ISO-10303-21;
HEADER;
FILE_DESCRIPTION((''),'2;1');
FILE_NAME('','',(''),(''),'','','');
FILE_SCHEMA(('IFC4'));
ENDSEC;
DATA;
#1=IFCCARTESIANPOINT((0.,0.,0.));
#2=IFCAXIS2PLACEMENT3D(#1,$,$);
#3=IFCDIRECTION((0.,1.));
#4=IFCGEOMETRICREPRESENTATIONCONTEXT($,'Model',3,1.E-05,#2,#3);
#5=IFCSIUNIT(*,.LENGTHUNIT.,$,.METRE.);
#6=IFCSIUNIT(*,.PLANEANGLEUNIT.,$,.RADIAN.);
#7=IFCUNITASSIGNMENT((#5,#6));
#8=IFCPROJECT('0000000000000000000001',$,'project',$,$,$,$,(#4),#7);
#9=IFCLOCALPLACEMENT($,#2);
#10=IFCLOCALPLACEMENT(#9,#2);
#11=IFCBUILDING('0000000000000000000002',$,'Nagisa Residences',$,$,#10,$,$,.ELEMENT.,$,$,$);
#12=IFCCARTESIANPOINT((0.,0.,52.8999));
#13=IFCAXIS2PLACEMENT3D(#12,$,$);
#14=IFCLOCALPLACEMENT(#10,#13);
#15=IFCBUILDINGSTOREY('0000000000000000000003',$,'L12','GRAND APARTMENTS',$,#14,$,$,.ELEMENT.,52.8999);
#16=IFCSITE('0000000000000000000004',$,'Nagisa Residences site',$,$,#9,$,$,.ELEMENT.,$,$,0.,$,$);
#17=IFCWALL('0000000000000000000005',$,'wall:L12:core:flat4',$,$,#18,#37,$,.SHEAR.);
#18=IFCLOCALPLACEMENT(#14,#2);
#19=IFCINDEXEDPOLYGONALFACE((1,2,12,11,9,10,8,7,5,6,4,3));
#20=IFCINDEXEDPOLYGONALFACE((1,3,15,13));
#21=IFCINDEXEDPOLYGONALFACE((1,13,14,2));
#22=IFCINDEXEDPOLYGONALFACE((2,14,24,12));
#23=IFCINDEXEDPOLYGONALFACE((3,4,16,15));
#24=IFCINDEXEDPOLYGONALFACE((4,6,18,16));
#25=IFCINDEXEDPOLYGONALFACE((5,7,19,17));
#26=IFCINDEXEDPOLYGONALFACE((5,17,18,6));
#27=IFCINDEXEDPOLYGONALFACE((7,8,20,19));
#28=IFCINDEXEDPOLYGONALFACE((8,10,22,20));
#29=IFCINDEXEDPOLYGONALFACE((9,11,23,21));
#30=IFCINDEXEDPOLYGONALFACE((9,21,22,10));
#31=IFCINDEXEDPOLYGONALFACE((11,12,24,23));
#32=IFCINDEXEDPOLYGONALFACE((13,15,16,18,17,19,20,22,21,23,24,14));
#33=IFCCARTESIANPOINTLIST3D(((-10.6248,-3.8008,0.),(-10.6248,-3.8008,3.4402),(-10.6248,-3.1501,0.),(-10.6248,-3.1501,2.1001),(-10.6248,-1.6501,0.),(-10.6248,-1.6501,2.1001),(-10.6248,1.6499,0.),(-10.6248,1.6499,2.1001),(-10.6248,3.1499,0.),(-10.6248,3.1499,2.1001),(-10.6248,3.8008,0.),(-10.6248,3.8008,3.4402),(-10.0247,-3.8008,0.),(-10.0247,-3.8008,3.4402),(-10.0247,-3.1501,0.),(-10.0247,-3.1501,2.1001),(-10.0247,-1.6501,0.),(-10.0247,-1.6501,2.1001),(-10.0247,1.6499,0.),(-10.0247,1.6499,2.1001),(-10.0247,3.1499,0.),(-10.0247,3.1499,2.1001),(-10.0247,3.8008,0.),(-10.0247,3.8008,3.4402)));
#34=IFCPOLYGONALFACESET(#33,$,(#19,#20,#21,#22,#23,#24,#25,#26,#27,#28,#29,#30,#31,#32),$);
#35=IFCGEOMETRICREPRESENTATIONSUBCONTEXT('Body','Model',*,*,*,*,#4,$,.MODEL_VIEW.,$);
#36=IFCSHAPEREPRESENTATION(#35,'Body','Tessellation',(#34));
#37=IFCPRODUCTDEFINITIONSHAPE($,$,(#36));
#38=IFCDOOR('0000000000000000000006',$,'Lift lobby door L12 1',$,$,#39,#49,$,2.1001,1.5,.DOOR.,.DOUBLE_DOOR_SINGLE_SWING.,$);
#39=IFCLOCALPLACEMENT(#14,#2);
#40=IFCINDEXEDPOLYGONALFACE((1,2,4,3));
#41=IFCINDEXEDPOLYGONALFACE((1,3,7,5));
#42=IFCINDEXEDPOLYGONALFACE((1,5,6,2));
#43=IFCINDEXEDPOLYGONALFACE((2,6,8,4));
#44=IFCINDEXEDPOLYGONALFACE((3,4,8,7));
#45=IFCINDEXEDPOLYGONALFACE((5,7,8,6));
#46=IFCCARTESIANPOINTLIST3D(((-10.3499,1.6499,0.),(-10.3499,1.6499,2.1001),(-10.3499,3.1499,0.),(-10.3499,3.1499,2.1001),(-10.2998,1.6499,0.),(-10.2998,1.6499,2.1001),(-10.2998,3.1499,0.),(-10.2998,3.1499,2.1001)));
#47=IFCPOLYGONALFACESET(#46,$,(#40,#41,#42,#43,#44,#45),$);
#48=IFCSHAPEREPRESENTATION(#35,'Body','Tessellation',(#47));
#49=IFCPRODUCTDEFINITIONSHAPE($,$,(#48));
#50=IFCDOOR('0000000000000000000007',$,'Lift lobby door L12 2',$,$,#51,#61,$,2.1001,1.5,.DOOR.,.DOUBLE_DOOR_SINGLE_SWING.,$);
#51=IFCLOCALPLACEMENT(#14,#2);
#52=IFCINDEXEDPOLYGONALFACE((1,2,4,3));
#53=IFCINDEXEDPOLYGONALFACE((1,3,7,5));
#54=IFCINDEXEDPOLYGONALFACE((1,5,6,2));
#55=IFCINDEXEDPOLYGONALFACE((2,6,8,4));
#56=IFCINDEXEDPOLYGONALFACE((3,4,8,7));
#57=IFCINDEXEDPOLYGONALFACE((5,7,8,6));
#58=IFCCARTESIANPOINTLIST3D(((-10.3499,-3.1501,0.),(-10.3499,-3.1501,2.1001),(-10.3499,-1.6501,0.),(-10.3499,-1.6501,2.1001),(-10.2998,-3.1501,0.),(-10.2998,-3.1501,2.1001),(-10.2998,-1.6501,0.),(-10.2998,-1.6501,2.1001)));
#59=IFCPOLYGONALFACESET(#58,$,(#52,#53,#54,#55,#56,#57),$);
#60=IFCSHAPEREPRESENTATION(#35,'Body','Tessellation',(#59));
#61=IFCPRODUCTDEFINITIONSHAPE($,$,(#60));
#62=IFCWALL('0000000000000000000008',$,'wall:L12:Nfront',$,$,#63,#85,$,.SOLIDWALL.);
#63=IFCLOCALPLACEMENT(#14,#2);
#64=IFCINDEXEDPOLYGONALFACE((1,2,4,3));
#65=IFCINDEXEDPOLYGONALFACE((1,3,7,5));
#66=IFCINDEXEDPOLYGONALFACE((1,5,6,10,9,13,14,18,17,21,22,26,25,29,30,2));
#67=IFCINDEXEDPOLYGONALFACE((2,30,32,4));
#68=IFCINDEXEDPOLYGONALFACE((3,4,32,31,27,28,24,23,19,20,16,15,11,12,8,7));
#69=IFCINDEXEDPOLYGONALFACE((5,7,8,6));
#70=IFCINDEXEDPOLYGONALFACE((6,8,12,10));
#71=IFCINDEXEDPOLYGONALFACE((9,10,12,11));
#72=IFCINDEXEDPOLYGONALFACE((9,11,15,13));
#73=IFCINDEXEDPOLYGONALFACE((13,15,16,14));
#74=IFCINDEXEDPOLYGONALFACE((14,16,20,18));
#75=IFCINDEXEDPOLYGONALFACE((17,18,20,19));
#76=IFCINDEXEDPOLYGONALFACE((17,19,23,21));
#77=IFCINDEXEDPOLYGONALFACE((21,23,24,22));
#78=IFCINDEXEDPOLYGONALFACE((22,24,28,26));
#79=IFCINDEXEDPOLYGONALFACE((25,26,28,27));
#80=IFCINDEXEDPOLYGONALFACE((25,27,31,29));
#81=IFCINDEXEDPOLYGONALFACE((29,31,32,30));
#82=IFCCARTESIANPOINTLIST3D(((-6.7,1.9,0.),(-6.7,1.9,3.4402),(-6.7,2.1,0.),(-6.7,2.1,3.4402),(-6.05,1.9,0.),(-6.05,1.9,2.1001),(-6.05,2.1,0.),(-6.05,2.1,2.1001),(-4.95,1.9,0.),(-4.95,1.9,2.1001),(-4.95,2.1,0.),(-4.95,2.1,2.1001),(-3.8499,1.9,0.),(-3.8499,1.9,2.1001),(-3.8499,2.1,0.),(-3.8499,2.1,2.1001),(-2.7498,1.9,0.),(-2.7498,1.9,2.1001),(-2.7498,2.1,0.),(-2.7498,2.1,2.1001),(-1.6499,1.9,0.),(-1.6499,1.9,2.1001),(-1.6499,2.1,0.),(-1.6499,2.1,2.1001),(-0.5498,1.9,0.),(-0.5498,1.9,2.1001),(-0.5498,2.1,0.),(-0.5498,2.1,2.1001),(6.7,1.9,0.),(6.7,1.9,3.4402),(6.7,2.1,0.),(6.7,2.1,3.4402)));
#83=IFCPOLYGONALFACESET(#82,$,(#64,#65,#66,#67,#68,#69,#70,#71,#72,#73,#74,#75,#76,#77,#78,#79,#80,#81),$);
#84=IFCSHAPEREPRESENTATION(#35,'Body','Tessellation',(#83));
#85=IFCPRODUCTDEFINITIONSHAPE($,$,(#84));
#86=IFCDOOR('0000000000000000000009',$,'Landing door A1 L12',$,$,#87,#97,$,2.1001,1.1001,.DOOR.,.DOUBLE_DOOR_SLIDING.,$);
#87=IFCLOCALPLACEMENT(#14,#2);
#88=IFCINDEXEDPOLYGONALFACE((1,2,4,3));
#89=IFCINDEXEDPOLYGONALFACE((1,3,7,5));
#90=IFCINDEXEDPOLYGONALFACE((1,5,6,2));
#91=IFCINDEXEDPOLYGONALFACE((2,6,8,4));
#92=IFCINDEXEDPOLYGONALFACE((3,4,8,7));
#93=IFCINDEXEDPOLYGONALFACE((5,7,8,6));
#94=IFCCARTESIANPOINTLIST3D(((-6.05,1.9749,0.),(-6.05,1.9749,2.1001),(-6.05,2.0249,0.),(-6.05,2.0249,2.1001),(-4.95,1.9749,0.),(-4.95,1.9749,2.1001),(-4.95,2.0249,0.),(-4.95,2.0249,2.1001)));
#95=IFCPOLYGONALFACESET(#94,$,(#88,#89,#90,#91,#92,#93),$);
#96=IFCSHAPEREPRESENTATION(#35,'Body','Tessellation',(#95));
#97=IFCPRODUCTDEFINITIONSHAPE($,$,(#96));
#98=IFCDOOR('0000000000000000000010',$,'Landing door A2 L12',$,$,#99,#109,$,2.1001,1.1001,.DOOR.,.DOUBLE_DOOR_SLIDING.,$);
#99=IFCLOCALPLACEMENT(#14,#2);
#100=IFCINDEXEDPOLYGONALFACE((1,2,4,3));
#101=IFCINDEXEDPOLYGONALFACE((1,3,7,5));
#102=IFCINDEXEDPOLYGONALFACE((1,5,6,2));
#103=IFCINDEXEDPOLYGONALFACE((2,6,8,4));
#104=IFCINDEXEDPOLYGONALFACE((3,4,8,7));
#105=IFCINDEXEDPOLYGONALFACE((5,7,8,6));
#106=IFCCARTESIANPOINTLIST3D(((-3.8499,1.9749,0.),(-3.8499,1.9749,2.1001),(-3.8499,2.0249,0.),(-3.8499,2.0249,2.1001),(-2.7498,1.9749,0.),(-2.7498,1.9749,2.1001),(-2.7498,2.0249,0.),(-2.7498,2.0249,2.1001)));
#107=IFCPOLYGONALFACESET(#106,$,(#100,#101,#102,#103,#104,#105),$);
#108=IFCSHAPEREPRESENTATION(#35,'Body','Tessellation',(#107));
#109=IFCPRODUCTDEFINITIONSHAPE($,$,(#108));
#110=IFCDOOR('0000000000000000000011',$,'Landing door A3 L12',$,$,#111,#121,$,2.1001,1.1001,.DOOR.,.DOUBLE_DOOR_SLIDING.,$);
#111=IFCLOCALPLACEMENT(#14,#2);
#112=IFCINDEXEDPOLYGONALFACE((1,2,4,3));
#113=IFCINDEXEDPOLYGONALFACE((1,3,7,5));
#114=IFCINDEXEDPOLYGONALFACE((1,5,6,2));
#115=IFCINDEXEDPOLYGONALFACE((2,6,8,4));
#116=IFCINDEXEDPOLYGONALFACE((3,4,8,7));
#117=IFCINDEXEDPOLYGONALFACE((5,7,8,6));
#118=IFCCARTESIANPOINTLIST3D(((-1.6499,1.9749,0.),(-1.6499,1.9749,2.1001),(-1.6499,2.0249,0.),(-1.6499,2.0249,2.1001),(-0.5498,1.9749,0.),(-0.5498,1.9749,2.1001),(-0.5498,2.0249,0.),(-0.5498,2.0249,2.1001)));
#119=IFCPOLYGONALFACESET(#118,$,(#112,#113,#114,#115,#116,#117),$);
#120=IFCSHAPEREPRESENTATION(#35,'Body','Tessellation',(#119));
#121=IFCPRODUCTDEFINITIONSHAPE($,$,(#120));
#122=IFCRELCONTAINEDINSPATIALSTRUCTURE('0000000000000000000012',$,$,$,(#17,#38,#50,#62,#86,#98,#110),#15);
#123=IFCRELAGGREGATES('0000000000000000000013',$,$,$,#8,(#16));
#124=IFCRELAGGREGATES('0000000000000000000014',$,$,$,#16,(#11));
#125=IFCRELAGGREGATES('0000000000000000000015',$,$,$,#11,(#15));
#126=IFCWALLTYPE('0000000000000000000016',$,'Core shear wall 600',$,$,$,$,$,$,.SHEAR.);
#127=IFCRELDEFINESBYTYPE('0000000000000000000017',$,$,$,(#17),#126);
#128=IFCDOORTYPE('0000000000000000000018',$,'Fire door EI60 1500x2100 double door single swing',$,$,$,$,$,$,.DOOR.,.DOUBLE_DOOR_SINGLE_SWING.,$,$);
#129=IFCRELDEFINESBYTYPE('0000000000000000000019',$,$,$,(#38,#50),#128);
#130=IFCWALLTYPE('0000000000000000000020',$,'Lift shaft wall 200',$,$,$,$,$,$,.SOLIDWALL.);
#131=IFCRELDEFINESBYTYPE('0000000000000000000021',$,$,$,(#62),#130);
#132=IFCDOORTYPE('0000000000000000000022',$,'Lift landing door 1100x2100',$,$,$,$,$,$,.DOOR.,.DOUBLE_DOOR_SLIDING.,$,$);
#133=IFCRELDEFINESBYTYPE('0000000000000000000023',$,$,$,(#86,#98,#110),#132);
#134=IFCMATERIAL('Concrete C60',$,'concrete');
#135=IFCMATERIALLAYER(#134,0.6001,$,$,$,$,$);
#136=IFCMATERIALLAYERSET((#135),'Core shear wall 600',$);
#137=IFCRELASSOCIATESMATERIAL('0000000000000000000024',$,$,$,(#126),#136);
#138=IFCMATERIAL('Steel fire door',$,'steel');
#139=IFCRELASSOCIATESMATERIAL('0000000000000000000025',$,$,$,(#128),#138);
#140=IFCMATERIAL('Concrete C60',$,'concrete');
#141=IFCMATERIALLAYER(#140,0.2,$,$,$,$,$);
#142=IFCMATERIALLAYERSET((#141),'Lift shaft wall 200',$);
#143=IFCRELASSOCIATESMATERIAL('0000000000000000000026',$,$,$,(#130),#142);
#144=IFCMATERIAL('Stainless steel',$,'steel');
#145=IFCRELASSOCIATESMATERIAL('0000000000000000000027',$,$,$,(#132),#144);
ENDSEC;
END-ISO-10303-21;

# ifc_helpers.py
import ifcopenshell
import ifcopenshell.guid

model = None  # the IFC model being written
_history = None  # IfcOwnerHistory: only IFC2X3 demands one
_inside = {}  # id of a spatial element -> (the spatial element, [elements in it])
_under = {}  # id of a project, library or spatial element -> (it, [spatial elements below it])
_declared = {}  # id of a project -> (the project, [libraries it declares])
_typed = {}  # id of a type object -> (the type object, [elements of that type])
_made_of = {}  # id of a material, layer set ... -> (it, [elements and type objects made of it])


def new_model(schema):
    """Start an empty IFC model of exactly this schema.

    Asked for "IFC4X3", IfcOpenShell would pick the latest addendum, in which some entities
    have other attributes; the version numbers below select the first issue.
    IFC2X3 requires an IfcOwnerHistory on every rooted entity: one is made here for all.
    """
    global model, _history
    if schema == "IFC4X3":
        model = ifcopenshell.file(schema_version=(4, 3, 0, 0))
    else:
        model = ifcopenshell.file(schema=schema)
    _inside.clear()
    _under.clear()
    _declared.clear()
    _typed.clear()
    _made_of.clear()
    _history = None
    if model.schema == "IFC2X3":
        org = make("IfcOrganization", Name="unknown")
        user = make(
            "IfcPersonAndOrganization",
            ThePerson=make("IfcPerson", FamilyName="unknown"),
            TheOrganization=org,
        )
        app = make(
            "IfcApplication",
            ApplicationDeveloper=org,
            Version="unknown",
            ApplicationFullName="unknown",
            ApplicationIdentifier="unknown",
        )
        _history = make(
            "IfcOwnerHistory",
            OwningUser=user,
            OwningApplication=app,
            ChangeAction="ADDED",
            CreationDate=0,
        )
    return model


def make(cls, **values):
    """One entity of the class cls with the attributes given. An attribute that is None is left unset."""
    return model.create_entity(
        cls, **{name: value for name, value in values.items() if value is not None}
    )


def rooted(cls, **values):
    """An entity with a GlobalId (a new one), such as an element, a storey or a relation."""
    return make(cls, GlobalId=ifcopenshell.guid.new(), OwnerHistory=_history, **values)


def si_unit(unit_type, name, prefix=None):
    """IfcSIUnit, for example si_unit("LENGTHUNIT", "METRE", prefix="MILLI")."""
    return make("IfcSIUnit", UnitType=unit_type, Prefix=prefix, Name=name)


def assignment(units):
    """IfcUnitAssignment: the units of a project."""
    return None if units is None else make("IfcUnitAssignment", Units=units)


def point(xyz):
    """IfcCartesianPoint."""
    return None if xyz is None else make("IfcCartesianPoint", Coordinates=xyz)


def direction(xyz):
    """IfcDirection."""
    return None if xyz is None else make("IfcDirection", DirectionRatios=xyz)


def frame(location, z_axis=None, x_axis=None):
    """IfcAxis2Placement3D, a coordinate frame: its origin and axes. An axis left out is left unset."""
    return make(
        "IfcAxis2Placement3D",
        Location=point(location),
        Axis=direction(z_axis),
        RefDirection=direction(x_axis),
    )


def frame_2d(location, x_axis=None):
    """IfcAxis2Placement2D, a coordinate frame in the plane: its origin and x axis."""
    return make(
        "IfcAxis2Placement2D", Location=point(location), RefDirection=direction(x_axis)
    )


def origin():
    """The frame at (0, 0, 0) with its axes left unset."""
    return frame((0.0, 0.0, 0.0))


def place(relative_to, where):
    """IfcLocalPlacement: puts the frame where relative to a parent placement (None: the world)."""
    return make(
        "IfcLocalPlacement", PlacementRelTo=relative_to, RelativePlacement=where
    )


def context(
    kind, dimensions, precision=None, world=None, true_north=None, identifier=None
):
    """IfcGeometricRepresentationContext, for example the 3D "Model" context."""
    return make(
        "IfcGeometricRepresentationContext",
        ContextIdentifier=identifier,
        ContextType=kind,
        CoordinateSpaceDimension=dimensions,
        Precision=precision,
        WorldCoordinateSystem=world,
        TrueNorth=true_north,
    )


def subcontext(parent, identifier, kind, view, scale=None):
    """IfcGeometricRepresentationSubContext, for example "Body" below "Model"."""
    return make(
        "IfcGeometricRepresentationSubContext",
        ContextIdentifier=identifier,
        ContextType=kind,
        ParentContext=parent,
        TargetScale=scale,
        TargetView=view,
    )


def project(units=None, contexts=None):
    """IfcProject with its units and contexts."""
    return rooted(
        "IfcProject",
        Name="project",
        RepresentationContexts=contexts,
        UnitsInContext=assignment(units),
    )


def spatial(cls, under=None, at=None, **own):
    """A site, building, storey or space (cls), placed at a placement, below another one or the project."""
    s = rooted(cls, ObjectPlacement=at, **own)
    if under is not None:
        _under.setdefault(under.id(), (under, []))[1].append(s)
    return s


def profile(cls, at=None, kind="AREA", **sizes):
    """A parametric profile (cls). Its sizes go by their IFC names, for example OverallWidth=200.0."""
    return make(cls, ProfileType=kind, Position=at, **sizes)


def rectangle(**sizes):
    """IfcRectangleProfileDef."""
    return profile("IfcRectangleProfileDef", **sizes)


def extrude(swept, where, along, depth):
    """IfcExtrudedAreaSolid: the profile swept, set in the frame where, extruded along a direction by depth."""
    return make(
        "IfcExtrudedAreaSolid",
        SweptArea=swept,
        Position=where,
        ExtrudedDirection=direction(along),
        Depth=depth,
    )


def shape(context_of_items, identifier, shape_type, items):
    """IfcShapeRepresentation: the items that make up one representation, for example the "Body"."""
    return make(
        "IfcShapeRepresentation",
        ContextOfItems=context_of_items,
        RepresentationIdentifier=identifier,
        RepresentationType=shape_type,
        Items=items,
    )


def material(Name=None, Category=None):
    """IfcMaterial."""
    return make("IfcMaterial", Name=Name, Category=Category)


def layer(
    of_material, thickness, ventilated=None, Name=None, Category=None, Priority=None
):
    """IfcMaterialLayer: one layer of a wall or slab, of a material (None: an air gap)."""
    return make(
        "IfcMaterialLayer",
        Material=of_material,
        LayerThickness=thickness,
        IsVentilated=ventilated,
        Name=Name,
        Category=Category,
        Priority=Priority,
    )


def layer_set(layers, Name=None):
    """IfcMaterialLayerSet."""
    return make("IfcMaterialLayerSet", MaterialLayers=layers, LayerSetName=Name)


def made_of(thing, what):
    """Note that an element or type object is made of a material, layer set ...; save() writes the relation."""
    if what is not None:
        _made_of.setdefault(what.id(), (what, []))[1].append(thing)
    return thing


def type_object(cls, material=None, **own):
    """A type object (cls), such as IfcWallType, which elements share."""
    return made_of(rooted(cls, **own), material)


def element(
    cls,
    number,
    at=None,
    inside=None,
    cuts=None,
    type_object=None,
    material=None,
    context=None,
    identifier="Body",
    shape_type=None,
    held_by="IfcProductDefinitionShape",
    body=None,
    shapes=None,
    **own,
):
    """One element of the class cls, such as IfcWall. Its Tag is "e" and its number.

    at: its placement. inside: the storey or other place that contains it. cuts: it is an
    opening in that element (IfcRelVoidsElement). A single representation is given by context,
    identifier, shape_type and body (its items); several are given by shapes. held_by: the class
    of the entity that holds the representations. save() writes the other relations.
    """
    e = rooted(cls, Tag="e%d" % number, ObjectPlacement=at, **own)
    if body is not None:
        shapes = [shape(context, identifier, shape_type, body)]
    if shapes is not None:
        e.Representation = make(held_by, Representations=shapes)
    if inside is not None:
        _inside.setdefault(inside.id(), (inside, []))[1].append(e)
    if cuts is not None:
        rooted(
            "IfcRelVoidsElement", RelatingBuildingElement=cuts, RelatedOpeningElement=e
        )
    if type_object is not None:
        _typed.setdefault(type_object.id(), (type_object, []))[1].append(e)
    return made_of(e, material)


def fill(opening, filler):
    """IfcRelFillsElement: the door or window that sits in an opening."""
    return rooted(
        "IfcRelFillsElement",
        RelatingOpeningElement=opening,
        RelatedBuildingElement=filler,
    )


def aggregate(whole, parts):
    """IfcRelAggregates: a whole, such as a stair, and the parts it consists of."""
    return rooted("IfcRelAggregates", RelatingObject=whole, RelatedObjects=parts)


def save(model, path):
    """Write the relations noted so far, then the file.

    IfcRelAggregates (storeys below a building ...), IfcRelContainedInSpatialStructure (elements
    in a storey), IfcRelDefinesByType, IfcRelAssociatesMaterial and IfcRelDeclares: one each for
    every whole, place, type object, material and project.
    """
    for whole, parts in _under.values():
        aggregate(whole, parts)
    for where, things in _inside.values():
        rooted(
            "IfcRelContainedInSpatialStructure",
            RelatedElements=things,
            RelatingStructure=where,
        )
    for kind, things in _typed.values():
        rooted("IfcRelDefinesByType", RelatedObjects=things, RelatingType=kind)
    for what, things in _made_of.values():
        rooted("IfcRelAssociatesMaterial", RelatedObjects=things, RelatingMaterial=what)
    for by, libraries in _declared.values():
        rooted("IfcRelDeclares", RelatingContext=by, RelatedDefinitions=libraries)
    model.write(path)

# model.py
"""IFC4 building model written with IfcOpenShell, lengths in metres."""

from ifc_helpers import new_model, si_unit, direction, frame, frame_2d, origin, place, context, subcontext, project, spatial, rectangle, extrude, material, layer, layer_set, type_object, element, fill, save


model = new_model("IFC4")

# Units and contexts
model_context = context("Model", 3, precision=1e-05, world=origin(), true_north=direction((0.0, 1.0)))
body_context = subcontext(model_context, "Body", "Model", "MODEL_VIEW")
ifc_project = project(units=[si_unit("LENGTHUNIT", "METRE"), si_unit("PLANEANGLEUNIT", "RADIAN")], contexts=[model_context])

# Site, building, storey
site_placement = place(None, origin())
site = spatial("IfcSite", under=ifc_project, at=site_placement, Name="Nagisa Residences site", CompositionType="ELEMENT", RefElevation=0.0)
building_placement = place(site_placement, origin())
building = spatial("IfcBuilding", under=site, at=building_placement, Name="Nagisa Residences", CompositionType="ELEMENT")
storey_placement = place(building_placement, frame((0.0, 0.0, 52.8999)))
storey = spatial("IfcBuildingStorey", under=building, at=storey_placement, Name="L12", Description="GRAND APARTMENTS", CompositionType="ELEMENT", Elevation=52.8999)

# Walls, openings, doors
ifc_material_1 = material(Name="Concrete C60", Category="concrete")
ifc_layer_1 = layer(ifc_material_1, 0.6001)
ifc_layer_set_1 = layer_set([ifc_layer_1], Name="Core shear wall 600")
wall_type_1 = type_object("IfcWallType", Name="Core shear wall 600", PredefinedType="SHEAR", material=ifc_layer_set_1)
wall_1_placement = place(storey_placement, frame((-10.3247, 3.8008, 0.0), z_axis=(0.0, 0.0, 1.0), x_axis=(0.0, -1.0, 0.0)))
wall_1 = element("IfcWall", 1, at=wall_1_placement, inside=storey, type_object=wall_type_1, Name="wall:L12:core:flat4", PredefinedType="SHEAR", context=body_context, shape_type="SweptSolid", body=[
    extrude(rectangle(XDim=7.6016, YDim=0.6001, at=frame_2d((3.8008, 0.0))), origin(), (0.0, 0.0, 1.0), 3.4402),
])
opening_1_placement = place(wall_1_placement, frame((0.6509, 0.0, 0.0)))
opening_1 = element("IfcOpeningElement", 2, at=opening_1_placement, cuts=wall_1, PredefinedType="OPENING", context=body_context, shape_type="SweptSolid", body=[
    extrude(rectangle(XDim=1.5, YDim=2.1001, at=frame_2d((0.75, 1.05))), frame((0.0, 0.3101, 0.0), z_axis=(0.0, -1.0, 0.0), x_axis=(1.0, 0.0, 0.0)), (0.0, 0.0, 1.0), 0.6201),
])
opening_2_placement = place(wall_1_placement, frame((5.4509, 0.0, 0.0)))
opening_2 = element("IfcOpeningElement", 3, at=opening_2_placement, cuts=wall_1, PredefinedType="OPENING", context=body_context, shape_type="SweptSolid", body=[
    extrude(rectangle(XDim=1.5, YDim=2.1001, at=frame_2d((0.75, 1.05))), frame((0.0, 0.3101, 0.0), z_axis=(0.0, -1.0, 0.0), x_axis=(1.0, 0.0, 0.0)), (0.0, 0.0, 1.0), 0.6201),
])
ifc_material_2 = material(Name="Steel fire door", Category="steel")
door_type_1 = type_object("IfcDoorType", Name="Fire door EI60 1500x2100 double door single swing", OperationType="DOUBLE_DOOR_SINGLE_SWING", PredefinedType="DOOR", material=ifc_material_2)
door_1_placement = place(opening_1_placement, origin())
door_1 = element("IfcDoor", 4, at=door_1_placement, inside=storey, type_object=door_type_1, Name="Lift lobby door L12 1", OperationType="DOUBLE_DOOR_SINGLE_SWING", OverallHeight=2.1001, OverallWidth=1.5, PredefinedType="DOOR", context=body_context, shape_type="SweptSolid", body=[
    extrude(rectangle(XDim=1.5, YDim=2.1001, at=frame_2d((0.75, 1.05))), frame((0.0, 0.0249, 0.0), z_axis=(0.0, -1.0, 0.0), x_axis=(1.0, 0.0, 0.0)), (0.0, 0.0, 1.0), 0.05),
])
fill(opening_1, door_1)
door_2_placement = place(opening_2_placement, origin())
door_2 = element("IfcDoor", 5, at=door_2_placement, inside=storey, type_object=door_type_1, Name="Lift lobby door L12 2", OperationType="DOUBLE_DOOR_SINGLE_SWING", OverallHeight=2.1001, OverallWidth=1.5, PredefinedType="DOOR", context=body_context, shape_type="SweptSolid", body=[
    extrude(rectangle(XDim=1.5, YDim=2.1001, at=frame_2d((0.75, 1.05))), frame((0.0, 0.0249, 0.0), z_axis=(0.0, -1.0, 0.0), x_axis=(1.0, 0.0, 0.0)), (0.0, 0.0, 1.0), 0.05),
])
fill(opening_2, door_2)
ifc_material_3 = material(Name="Concrete C60", Category="concrete")
ifc_layer_2 = layer(ifc_material_3, 0.2)
ifc_layer_set_2 = layer_set([ifc_layer_2], Name="Lift shaft wall 200")
wall_type_2 = type_object("IfcWallType", Name="Lift shaft wall 200", PredefinedType="SOLIDWALL", material=ifc_layer_set_2)
wall_2_placement = place(storey_placement, frame((-6.7, 2.0, 0.0), z_axis=(0.0, 0.0, 1.0), x_axis=(1.0, 0.0, 0.0)))
wall_2 = element("IfcWall", 6, at=wall_2_placement, inside=storey, type_object=wall_type_2, Name="wall:L12:Nfront", PredefinedType="SOLIDWALL", context=body_context, shape_type="SweptSolid", body=[
    extrude(rectangle(XDim=13.3999, YDim=0.2, at=frame_2d((6.7, 0.0))), origin(), (0.0, 0.0, 1.0), 3.4402),
])
opening_3_placement = place(wall_2_placement, frame((0.6499, 0.0, 0.0)))
opening_3 = element("IfcOpeningElement", 7, at=opening_3_placement, cuts=wall_2, PredefinedType="OPENING", context=body_context, shape_type="SweptSolid", body=[
    extrude(rectangle(XDim=1.1001, YDim=2.1001, at=frame_2d((0.55, 1.05))), frame((0.0, 0.1099, 0.0), z_axis=(0.0, -1.0, 0.0), x_axis=(1.0, 0.0, 0.0)), (0.0, 0.0, 1.0), 0.22),
])
opening_4_placement = place(wall_2_placement, frame((2.8501, 0.0, 0.0)))
opening_4 = element("IfcOpeningElement", 8, at=opening_4_placement, cuts=wall_2, PredefinedType="OPENING", context=body_context, shape_type="SweptSolid", body=[
    extrude(rectangle(XDim=1.1001, YDim=2.1001, at=frame_2d((0.55, 1.05))), frame((0.0, 0.1099, 0.0), z_axis=(0.0, -1.0, 0.0), x_axis=(1.0, 0.0, 0.0)), (0.0, 0.0, 1.0), 0.22),
])
opening_5_placement = place(wall_2_placement, frame((5.05, 0.0, 0.0)))
opening_5 = element("IfcOpeningElement", 9, at=opening_5_placement, cuts=wall_2, PredefinedType="OPENING", context=body_context, shape_type="SweptSolid", body=[
    extrude(rectangle(XDim=1.1001, YDim=2.1001, at=frame_2d((0.55, 1.05))), frame((0.0, 0.1099, 0.0), z_axis=(0.0, -1.0, 0.0), x_axis=(1.0, 0.0, 0.0)), (0.0, 0.0, 1.0), 0.22),
])
ifc_material_4 = material(Name="Stainless steel", Category="steel")
door_type_2 = type_object("IfcDoorType", Name="Lift landing door 1100x2100", OperationType="DOUBLE_DOOR_SLIDING", PredefinedType="DOOR", material=ifc_material_4)
door_3_placement = place(opening_3_placement, origin())
door_3 = element("IfcDoor", 10, at=door_3_placement, inside=storey, type_object=door_type_2, Name="Landing door A1 L12", OperationType="DOUBLE_DOOR_SLIDING", OverallHeight=2.1001, OverallWidth=1.1001, PredefinedType="DOOR", context=body_context, shape_type="SweptSolid", body=[
    extrude(rectangle(XDim=1.1001, YDim=2.1001, at=frame_2d((0.55, 1.05))), frame((0.0, 0.0249, 0.0), z_axis=(0.0, -1.0, 0.0), x_axis=(1.0, 0.0, 0.0)), (0.0, 0.0, 1.0), 0.05),
])
fill(opening_3, door_3)
door_4_placement = place(opening_4_placement, origin())
door_4 = element("IfcDoor", 11, at=door_4_placement, inside=storey, type_object=door_type_2, Name="Landing door A2 L12", OperationType="DOUBLE_DOOR_SLIDING", OverallHeight=2.1001, OverallWidth=1.1001, PredefinedType="DOOR", context=body_context, shape_type="SweptSolid", body=[
    extrude(rectangle(XDim=1.1001, YDim=2.1001, at=frame_2d((0.55, 1.05))), frame((0.0, 0.0249, 0.0), z_axis=(0.0, -1.0, 0.0), x_axis=(1.0, 0.0, 0.0)), (0.0, 0.0, 1.0), 0.05),
])
fill(opening_4, door_4)
door_5_placement = place(opening_5_placement, origin())
door_5 = element("IfcDoor", 12, at=door_5_placement, inside=storey, type_object=door_type_2, Name="Landing door A3 L12", OperationType="DOUBLE_DOOR_SLIDING", OverallHeight=2.1001, OverallWidth=1.1001, PredefinedType="DOOR", context=body_context, shape_type="SweptSolid", body=[
    extrude(rectangle(XDim=1.1001, YDim=2.1001, at=frame_2d((0.55, 1.05))), frame((0.0, 0.0249, 0.0), z_axis=(0.0, -1.0, 0.0), x_axis=(1.0, 0.0, 0.0)), (0.0, 0.0, 1.0), 0.05),
])
fill(opening_5, door_5)

save(model, "model.ifc")
